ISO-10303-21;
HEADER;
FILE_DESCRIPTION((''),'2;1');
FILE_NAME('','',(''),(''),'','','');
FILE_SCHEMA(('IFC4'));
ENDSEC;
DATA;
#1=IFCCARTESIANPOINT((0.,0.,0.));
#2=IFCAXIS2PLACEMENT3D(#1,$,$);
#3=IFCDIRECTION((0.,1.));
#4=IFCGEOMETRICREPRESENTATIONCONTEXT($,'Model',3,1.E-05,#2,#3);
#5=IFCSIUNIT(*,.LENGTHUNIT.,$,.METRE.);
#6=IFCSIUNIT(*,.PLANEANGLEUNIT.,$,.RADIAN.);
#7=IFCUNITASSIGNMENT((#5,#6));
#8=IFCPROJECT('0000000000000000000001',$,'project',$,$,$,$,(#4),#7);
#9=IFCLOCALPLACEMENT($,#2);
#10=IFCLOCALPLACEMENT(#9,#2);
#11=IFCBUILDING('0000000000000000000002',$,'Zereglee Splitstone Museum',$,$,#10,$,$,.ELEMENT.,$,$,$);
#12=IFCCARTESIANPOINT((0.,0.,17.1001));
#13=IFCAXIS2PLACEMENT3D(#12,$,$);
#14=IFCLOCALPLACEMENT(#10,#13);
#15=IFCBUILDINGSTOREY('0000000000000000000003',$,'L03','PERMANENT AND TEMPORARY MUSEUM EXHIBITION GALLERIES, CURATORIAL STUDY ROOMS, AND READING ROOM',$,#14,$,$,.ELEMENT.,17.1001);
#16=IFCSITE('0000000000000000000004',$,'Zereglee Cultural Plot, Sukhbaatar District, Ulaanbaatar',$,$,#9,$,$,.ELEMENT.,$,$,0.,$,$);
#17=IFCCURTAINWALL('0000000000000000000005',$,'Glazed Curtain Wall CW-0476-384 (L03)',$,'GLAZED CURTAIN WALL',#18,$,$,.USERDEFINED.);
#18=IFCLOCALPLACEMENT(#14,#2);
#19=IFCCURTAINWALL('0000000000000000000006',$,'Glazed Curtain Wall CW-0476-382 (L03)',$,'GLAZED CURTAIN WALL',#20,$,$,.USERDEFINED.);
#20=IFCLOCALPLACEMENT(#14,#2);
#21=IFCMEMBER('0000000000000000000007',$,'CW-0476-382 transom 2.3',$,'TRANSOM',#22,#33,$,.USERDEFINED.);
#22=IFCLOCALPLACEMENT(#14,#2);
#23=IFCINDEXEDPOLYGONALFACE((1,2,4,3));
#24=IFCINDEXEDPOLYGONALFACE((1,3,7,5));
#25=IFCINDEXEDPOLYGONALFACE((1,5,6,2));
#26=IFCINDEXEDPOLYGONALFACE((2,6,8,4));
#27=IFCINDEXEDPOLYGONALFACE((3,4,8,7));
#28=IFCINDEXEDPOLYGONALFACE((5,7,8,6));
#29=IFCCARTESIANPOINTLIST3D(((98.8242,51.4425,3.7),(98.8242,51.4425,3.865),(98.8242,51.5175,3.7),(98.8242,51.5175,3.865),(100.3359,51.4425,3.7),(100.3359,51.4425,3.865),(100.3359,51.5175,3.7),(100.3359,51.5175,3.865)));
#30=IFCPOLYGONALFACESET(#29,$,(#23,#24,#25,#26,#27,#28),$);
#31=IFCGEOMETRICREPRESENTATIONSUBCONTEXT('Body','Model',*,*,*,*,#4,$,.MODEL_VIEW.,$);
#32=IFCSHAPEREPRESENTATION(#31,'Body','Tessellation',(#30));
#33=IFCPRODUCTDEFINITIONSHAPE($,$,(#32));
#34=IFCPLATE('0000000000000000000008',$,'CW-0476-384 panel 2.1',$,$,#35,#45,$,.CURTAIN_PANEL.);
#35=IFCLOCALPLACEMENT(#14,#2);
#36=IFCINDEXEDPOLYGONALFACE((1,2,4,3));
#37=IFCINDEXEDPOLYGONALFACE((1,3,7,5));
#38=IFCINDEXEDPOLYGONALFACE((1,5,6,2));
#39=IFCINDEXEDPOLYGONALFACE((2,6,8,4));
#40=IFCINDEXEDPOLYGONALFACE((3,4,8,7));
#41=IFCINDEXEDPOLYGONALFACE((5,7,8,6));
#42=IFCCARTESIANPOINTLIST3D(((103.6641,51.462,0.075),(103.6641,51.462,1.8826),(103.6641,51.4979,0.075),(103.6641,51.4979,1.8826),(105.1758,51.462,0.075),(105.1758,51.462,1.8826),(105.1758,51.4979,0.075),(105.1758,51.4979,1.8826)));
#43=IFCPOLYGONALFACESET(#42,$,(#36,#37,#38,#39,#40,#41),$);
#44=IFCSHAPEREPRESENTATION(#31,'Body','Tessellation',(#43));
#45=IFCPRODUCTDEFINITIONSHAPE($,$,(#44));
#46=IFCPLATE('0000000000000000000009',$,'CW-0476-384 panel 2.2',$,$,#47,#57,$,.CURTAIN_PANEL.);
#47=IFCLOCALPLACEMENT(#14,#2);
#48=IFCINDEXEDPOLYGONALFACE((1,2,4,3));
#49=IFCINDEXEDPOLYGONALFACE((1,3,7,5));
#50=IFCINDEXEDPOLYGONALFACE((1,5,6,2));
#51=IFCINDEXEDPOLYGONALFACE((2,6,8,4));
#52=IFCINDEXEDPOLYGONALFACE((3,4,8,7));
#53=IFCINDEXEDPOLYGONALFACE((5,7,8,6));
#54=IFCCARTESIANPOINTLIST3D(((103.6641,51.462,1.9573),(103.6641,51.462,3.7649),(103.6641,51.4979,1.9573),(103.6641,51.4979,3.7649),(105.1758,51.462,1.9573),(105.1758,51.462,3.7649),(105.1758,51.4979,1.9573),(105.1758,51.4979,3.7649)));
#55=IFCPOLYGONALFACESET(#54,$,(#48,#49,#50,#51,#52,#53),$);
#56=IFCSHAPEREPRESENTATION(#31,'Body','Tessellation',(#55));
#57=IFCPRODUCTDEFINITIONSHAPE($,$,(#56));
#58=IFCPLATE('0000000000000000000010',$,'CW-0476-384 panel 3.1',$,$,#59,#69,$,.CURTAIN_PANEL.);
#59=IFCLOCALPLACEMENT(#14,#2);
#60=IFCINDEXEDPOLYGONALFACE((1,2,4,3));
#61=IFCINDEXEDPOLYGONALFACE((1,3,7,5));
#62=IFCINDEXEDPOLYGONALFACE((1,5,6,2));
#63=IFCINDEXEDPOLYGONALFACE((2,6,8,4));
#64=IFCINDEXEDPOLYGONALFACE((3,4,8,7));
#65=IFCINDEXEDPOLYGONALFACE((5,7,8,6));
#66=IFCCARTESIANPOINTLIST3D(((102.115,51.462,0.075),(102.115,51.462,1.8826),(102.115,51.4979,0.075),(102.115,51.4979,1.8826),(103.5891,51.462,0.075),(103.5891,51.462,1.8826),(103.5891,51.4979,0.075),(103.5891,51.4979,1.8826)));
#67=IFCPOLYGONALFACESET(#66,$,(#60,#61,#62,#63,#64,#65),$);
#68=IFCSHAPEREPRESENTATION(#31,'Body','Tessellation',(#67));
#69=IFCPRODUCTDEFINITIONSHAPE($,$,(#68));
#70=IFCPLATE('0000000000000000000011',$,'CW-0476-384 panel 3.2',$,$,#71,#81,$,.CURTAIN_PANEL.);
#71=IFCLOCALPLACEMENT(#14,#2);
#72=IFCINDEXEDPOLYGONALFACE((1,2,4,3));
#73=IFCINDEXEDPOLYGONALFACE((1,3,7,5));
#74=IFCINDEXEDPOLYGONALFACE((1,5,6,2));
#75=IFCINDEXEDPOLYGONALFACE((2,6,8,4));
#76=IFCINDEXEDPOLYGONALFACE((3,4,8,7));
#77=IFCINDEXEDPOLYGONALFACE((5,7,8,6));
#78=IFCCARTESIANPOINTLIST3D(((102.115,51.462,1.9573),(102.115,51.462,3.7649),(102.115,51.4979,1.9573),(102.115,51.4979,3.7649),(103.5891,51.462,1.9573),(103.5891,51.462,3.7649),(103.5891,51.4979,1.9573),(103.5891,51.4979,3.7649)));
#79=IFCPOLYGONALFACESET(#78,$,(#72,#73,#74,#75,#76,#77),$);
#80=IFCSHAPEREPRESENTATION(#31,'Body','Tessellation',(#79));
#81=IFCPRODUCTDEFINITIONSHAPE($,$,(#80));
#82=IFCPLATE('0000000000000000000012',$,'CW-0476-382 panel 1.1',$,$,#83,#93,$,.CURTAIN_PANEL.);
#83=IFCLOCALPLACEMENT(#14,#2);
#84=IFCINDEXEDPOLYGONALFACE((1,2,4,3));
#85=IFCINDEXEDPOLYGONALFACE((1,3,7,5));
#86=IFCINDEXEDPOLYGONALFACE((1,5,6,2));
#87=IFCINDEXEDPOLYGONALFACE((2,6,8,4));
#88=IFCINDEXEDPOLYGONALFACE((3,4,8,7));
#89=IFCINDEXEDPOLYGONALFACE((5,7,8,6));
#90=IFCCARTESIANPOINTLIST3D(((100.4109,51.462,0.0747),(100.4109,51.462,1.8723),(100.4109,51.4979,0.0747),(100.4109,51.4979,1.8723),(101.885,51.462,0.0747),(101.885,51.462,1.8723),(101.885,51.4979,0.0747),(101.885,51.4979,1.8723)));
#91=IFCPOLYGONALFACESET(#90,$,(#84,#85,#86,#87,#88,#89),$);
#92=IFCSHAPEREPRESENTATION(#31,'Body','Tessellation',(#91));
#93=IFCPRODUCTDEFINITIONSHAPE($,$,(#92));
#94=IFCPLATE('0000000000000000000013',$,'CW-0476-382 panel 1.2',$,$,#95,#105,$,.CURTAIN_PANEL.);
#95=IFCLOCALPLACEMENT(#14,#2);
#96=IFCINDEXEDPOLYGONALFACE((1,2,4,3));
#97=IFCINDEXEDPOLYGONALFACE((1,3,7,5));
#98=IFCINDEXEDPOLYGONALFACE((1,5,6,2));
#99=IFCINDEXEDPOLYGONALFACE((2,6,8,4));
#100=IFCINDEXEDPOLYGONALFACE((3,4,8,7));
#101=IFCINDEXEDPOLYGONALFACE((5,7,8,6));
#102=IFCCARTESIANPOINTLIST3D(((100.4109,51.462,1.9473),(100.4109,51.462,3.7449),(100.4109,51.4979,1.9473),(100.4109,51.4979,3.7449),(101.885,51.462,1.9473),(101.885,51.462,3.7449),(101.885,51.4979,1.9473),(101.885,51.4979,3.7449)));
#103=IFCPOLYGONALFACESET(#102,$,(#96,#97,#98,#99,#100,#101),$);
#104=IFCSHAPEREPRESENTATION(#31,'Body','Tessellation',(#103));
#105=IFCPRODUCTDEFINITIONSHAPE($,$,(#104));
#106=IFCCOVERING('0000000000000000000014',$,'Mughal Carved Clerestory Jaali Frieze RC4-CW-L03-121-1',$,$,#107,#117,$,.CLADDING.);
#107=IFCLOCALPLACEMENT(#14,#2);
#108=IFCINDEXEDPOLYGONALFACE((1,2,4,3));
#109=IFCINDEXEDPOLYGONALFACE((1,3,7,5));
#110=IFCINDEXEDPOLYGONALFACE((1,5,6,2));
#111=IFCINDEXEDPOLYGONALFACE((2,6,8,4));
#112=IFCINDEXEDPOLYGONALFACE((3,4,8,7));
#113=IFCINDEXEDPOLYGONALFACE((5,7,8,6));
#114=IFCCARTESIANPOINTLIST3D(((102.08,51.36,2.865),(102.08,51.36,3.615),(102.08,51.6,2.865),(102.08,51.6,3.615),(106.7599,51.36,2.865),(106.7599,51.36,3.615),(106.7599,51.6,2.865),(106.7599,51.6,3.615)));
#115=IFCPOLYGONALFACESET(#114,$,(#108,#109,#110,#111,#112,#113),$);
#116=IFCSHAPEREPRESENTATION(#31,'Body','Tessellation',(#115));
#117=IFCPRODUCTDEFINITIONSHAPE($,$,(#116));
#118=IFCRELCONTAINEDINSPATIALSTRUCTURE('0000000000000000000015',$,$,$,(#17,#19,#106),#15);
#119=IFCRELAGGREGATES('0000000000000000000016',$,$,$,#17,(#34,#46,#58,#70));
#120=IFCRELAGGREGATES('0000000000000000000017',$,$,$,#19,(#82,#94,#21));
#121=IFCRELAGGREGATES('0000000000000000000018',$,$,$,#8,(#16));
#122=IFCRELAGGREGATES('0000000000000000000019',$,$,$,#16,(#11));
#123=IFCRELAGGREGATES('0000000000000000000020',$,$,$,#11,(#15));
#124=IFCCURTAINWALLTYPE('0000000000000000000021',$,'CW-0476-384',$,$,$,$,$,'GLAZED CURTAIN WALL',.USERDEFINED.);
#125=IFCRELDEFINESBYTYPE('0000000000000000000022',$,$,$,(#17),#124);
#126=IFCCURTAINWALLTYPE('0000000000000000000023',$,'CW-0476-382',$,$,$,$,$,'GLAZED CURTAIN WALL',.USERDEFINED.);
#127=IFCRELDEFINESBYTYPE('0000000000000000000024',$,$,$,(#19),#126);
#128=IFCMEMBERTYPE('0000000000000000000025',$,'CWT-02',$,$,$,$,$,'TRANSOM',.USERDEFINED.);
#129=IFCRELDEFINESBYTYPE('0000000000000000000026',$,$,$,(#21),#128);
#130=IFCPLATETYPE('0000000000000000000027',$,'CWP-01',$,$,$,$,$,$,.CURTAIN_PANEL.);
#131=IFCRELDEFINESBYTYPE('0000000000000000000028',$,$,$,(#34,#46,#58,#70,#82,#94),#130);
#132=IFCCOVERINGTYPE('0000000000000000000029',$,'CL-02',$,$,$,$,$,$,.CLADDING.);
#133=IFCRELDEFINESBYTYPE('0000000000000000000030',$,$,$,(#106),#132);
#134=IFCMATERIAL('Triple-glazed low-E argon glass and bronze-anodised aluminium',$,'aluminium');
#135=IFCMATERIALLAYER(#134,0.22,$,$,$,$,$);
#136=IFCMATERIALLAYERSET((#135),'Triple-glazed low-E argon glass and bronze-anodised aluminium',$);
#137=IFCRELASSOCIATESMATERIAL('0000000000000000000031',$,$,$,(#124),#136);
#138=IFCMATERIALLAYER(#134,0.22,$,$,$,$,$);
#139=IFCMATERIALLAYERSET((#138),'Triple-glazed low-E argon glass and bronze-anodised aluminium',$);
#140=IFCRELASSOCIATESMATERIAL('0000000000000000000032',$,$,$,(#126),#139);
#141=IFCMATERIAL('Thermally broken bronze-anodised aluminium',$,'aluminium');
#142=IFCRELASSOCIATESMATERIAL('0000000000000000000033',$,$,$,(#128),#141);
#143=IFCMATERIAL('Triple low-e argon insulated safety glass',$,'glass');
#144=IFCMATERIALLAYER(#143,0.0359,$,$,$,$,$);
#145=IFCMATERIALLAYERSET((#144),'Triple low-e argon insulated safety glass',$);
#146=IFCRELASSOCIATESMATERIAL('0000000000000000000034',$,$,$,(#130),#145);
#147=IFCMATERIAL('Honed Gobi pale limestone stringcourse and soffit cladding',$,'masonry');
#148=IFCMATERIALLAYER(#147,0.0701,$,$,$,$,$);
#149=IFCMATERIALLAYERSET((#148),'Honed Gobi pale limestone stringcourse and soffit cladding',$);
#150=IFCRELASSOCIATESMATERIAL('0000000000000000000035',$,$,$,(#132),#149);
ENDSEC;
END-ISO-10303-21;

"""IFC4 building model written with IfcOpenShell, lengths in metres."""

from ifc_helpers import new_model, si_unit, direction, frame, origin, origin_2d, place, context, subcontext, project, spatial, rectangle, extrude, material, layer, layer_set, material_profile, profile_set, type_object, element, aggregate, save


model = new_model("IFC4")

# Units and contexts
model_context = context("Model", 3, precision=1e-05, world=origin(), true_north=direction((0.0, 1.0)))
body_context = subcontext(model_context, "Body", "Model", "MODEL_VIEW")
ifc_project = project(units=[si_unit("LENGTHUNIT", "METRE"), si_unit("PLANEANGLEUNIT", "RADIAN")], contexts=[model_context])

# Site, building, storey
site_placement = place(None, origin())
site = spatial("IfcSite", under=ifc_project, at=site_placement, Name="Zereglee Cultural Plot, Sukhbaatar District, Ulaanbaatar", CompositionType="ELEMENT", RefElevation=0.0)
building_placement = place(site_placement, origin())
building = spatial("IfcBuilding", under=site, at=building_placement, Name="Zereglee Splitstone Museum", CompositionType="ELEMENT")
storey_placement = place(building_placement, frame((0.0, 0.0, 17.1001)))
storey = spatial("IfcBuildingStorey", under=building, at=storey_placement, Name="L03", Description="PERMANENT AND TEMPORARY MUSEUM EXHIBITION GALLERIES, CURATORIAL STUDY ROOMS, AND READING ROOM", CompositionType="ELEMENT", Elevation=17.1001)

# Curtain walls
ifc_material_1 = material(Name="Triple-glazed low-E argon glass and bronze-anodised aluminium", Category="aluminium")
ifc_layer_1 = layer(ifc_material_1, 0.22)
ifc_layer_set_1 = layer_set([ifc_layer_1], Name="Triple-glazed low-E argon glass and bronze-anodised aluminium")
curtain_wall_type_1 = type_object("IfcCurtainWallType", Name="CW-0476-384", ElementType="GLAZED CURTAIN WALL", PredefinedType="USERDEFINED", material=ifc_layer_set_1)
curtain_wall_1_placement = place(storey_placement, origin())
curtain_wall_1 = element("IfcCurtainWall", 1, at=curtain_wall_1_placement, inside=storey, type_object=curtain_wall_type_1, Name="Glazed Curtain Wall CW-0476-384 (L03)", ObjectType="GLAZED CURTAIN WALL", PredefinedType="USERDEFINED")
ifc_material_2 = material(Name="Thermally broken bronze-anodised aluminium", Category="aluminium")
ifc_layer_2 = layer(ifc_material_1, 0.22)
ifc_layer_set_2 = layer_set([ifc_layer_2], Name="Triple-glazed low-E argon glass and bronze-anodised aluminium")
curtain_wall_type_2 = type_object("IfcCurtainWallType", Name="CW-0476-382", ElementType="GLAZED CURTAIN WALL", PredefinedType="USERDEFINED", material=ifc_layer_set_2)
curtain_wall_2_placement = place(storey_placement, origin())
curtain_wall_2 = element("IfcCurtainWall", 2, at=curtain_wall_2_placement, inside=storey, type_object=curtain_wall_type_2, Name="Glazed Curtain Wall CW-0476-382 (L03)", ObjectType="GLAZED CURTAIN WALL", PredefinedType="USERDEFINED")

# Member
ifc_material_profile_1 = material_profile(ifc_material_2, rectangle(XDim=0.075, YDim=0.165, at=origin_2d()), Name="CW TRAN 75x165")
ifc_profile_set_1 = profile_set([ifc_material_profile_1], Name="Thermally broken bronze-anodised aluminium")
member_type_1 = type_object("IfcMemberType", Name="CWT-02", ElementType="TRANSOM", PredefinedType="USERDEFINED", material=ifc_profile_set_1)
member_1_placement = place(storey_placement, frame((100.3359, 51.48, 3.7825), z_axis=(-1.0, 0.0, 0.0), x_axis=(0.0, -1.0, 0.0)))
member_1 = element("IfcMember", 3, at=member_1_placement, type_object=member_type_1, Name="CW-0476-382 transom 2.3", ObjectType="TRANSOM", PredefinedType="USERDEFINED", context=body_context, shape_type="SweptSolid", body=[
    extrude(rectangle(XDim=0.075, YDim=0.165, at=origin_2d()), origin(), (0.0, 0.0, 1.0), 1.5117),
])

# Plates
ifc_material_3 = material(Name="Triple low-e argon insulated safety glass", Category="glass")
ifc_layer_3 = layer(ifc_material_3, 0.0359)
ifc_layer_set_3 = layer_set([ifc_layer_3], Name="Triple low-e argon insulated safety glass")
plate_type = type_object("IfcPlateType", Name="CWP-01", PredefinedType="CURTAIN_PANEL", material=ifc_layer_set_3)
plate_1_placement = place(storey_placement, frame((104.4199, 51.48, 0.075), z_axis=(0.0, 0.0, 1.0), x_axis=(-1.0, 0.0, 0.0)))
plate_1 = element("IfcPlate", 4, at=plate_1_placement, type_object=plate_type, Name="CW-0476-384 panel 2.1", PredefinedType="CURTAIN_PANEL", context=body_context, shape_type="SweptSolid", body=[
    extrude(rectangle(XDim=1.5117, YDim=0.0359, at=origin_2d()), origin(), (0.0, 0.0, 1.0), 1.8076),
])
plate_2_placement = place(storey_placement, frame((104.4199, 51.48, 1.9573), z_axis=(0.0, 0.0, 1.0), x_axis=(-1.0, 0.0, 0.0)))
plate_2 = element("IfcPlate", 5, at=plate_2_placement, type_object=plate_type, Name="CW-0476-384 panel 2.2", PredefinedType="CURTAIN_PANEL", context=body_context, shape_type="SweptSolid", body=[
    extrude(rectangle(XDim=1.5117, YDim=0.0359, at=origin_2d()), origin(), (0.0, 0.0, 1.0), 1.8076),
])
plate_3_placement = place(storey_placement, frame((102.8521, 51.48, 0.075), z_axis=(0.0, 0.0, 1.0), x_axis=(-1.0, 0.0, 0.0)))
plate_3 = element("IfcPlate", 6, at=plate_3_placement, type_object=plate_type, Name="CW-0476-384 panel 3.1", PredefinedType="CURTAIN_PANEL", context=body_context, shape_type="SweptSolid", body=[
    extrude(rectangle(XDim=1.4741, YDim=0.0359, at=origin_2d()), origin(), (0.0, 0.0, 1.0), 1.8076),
])
plate_4_placement = place(storey_placement, frame((102.8521, 51.48, 1.9573), z_axis=(0.0, 0.0, 1.0), x_axis=(-1.0, 0.0, 0.0)))
plate_4 = element("IfcPlate", 7, at=plate_4_placement, type_object=plate_type, Name="CW-0476-384 panel 3.2", PredefinedType="CURTAIN_PANEL", context=body_context, shape_type="SweptSolid", body=[
    extrude(rectangle(XDim=1.4741, YDim=0.0359, at=origin_2d()), origin(), (0.0, 0.0, 1.0), 1.8076),
])
aggregate(curtain_wall_1, [plate_1, plate_2, plate_3, plate_4])
plate_5_placement = place(storey_placement, frame((101.1479, 51.48, 0.0747), z_axis=(0.0, 0.0, 1.0), x_axis=(-1.0, 0.0, 0.0)))
plate_5 = element("IfcPlate", 8, at=plate_5_placement, type_object=plate_type, Name="CW-0476-382 panel 1.1", PredefinedType="CURTAIN_PANEL", context=body_context, shape_type="SweptSolid", body=[
    extrude(rectangle(XDim=1.4741, YDim=0.0359, at=origin_2d()), origin(), (0.0, 0.0, 1.0), 1.7976),
])
plate_6_placement = place(storey_placement, frame((101.1479, 51.48, 1.9473), z_axis=(0.0, 0.0, 1.0), x_axis=(-1.0, 0.0, 0.0)))
plate_6 = element("IfcPlate", 9, at=plate_6_placement, type_object=plate_type, Name="CW-0476-382 panel 1.2", PredefinedType="CURTAIN_PANEL", context=body_context, shape_type="SweptSolid", body=[
    extrude(rectangle(XDim=1.4741, YDim=0.0359, at=origin_2d()), origin(), (0.0, 0.0, 1.0), 1.7976),
])
aggregate(curtain_wall_2, [plate_5, plate_6, member_1])

# Covering
ifc_material_4 = material(Name="Honed Gobi pale limestone stringcourse and soffit cladding", Category="masonry")
ifc_layer_4 = layer(ifc_material_4, 0.0701)
ifc_layer_set_4 = layer_set([ifc_layer_4], Name="Honed Gobi pale limestone stringcourse and soffit cladding")
covering_type = type_object("IfcCoveringType", Name="CL-02", PredefinedType="CLADDING", material=ifc_layer_set_4)
covering_placement = place(storey_placement, frame((104.4199, 51.48, 2.865), z_axis=(0.0, 0.0, 1.0), x_axis=(-1.0, 0.0, 0.0)))
element("IfcCovering", 10, at=covering_placement, inside=storey, type_object=covering_type, Name="Mughal Carved Clerestory Jaali Frieze RC4-CW-L03-121-1", PredefinedType="CLADDING", context=body_context, shape_type="SweptSolid", body=[
    extrude(rectangle(XDim=4.6799, YDim=0.24, at=origin_2d()), origin(), (0.0, 0.0, 1.0), 0.75),
])

save(model, "model.ifc")
